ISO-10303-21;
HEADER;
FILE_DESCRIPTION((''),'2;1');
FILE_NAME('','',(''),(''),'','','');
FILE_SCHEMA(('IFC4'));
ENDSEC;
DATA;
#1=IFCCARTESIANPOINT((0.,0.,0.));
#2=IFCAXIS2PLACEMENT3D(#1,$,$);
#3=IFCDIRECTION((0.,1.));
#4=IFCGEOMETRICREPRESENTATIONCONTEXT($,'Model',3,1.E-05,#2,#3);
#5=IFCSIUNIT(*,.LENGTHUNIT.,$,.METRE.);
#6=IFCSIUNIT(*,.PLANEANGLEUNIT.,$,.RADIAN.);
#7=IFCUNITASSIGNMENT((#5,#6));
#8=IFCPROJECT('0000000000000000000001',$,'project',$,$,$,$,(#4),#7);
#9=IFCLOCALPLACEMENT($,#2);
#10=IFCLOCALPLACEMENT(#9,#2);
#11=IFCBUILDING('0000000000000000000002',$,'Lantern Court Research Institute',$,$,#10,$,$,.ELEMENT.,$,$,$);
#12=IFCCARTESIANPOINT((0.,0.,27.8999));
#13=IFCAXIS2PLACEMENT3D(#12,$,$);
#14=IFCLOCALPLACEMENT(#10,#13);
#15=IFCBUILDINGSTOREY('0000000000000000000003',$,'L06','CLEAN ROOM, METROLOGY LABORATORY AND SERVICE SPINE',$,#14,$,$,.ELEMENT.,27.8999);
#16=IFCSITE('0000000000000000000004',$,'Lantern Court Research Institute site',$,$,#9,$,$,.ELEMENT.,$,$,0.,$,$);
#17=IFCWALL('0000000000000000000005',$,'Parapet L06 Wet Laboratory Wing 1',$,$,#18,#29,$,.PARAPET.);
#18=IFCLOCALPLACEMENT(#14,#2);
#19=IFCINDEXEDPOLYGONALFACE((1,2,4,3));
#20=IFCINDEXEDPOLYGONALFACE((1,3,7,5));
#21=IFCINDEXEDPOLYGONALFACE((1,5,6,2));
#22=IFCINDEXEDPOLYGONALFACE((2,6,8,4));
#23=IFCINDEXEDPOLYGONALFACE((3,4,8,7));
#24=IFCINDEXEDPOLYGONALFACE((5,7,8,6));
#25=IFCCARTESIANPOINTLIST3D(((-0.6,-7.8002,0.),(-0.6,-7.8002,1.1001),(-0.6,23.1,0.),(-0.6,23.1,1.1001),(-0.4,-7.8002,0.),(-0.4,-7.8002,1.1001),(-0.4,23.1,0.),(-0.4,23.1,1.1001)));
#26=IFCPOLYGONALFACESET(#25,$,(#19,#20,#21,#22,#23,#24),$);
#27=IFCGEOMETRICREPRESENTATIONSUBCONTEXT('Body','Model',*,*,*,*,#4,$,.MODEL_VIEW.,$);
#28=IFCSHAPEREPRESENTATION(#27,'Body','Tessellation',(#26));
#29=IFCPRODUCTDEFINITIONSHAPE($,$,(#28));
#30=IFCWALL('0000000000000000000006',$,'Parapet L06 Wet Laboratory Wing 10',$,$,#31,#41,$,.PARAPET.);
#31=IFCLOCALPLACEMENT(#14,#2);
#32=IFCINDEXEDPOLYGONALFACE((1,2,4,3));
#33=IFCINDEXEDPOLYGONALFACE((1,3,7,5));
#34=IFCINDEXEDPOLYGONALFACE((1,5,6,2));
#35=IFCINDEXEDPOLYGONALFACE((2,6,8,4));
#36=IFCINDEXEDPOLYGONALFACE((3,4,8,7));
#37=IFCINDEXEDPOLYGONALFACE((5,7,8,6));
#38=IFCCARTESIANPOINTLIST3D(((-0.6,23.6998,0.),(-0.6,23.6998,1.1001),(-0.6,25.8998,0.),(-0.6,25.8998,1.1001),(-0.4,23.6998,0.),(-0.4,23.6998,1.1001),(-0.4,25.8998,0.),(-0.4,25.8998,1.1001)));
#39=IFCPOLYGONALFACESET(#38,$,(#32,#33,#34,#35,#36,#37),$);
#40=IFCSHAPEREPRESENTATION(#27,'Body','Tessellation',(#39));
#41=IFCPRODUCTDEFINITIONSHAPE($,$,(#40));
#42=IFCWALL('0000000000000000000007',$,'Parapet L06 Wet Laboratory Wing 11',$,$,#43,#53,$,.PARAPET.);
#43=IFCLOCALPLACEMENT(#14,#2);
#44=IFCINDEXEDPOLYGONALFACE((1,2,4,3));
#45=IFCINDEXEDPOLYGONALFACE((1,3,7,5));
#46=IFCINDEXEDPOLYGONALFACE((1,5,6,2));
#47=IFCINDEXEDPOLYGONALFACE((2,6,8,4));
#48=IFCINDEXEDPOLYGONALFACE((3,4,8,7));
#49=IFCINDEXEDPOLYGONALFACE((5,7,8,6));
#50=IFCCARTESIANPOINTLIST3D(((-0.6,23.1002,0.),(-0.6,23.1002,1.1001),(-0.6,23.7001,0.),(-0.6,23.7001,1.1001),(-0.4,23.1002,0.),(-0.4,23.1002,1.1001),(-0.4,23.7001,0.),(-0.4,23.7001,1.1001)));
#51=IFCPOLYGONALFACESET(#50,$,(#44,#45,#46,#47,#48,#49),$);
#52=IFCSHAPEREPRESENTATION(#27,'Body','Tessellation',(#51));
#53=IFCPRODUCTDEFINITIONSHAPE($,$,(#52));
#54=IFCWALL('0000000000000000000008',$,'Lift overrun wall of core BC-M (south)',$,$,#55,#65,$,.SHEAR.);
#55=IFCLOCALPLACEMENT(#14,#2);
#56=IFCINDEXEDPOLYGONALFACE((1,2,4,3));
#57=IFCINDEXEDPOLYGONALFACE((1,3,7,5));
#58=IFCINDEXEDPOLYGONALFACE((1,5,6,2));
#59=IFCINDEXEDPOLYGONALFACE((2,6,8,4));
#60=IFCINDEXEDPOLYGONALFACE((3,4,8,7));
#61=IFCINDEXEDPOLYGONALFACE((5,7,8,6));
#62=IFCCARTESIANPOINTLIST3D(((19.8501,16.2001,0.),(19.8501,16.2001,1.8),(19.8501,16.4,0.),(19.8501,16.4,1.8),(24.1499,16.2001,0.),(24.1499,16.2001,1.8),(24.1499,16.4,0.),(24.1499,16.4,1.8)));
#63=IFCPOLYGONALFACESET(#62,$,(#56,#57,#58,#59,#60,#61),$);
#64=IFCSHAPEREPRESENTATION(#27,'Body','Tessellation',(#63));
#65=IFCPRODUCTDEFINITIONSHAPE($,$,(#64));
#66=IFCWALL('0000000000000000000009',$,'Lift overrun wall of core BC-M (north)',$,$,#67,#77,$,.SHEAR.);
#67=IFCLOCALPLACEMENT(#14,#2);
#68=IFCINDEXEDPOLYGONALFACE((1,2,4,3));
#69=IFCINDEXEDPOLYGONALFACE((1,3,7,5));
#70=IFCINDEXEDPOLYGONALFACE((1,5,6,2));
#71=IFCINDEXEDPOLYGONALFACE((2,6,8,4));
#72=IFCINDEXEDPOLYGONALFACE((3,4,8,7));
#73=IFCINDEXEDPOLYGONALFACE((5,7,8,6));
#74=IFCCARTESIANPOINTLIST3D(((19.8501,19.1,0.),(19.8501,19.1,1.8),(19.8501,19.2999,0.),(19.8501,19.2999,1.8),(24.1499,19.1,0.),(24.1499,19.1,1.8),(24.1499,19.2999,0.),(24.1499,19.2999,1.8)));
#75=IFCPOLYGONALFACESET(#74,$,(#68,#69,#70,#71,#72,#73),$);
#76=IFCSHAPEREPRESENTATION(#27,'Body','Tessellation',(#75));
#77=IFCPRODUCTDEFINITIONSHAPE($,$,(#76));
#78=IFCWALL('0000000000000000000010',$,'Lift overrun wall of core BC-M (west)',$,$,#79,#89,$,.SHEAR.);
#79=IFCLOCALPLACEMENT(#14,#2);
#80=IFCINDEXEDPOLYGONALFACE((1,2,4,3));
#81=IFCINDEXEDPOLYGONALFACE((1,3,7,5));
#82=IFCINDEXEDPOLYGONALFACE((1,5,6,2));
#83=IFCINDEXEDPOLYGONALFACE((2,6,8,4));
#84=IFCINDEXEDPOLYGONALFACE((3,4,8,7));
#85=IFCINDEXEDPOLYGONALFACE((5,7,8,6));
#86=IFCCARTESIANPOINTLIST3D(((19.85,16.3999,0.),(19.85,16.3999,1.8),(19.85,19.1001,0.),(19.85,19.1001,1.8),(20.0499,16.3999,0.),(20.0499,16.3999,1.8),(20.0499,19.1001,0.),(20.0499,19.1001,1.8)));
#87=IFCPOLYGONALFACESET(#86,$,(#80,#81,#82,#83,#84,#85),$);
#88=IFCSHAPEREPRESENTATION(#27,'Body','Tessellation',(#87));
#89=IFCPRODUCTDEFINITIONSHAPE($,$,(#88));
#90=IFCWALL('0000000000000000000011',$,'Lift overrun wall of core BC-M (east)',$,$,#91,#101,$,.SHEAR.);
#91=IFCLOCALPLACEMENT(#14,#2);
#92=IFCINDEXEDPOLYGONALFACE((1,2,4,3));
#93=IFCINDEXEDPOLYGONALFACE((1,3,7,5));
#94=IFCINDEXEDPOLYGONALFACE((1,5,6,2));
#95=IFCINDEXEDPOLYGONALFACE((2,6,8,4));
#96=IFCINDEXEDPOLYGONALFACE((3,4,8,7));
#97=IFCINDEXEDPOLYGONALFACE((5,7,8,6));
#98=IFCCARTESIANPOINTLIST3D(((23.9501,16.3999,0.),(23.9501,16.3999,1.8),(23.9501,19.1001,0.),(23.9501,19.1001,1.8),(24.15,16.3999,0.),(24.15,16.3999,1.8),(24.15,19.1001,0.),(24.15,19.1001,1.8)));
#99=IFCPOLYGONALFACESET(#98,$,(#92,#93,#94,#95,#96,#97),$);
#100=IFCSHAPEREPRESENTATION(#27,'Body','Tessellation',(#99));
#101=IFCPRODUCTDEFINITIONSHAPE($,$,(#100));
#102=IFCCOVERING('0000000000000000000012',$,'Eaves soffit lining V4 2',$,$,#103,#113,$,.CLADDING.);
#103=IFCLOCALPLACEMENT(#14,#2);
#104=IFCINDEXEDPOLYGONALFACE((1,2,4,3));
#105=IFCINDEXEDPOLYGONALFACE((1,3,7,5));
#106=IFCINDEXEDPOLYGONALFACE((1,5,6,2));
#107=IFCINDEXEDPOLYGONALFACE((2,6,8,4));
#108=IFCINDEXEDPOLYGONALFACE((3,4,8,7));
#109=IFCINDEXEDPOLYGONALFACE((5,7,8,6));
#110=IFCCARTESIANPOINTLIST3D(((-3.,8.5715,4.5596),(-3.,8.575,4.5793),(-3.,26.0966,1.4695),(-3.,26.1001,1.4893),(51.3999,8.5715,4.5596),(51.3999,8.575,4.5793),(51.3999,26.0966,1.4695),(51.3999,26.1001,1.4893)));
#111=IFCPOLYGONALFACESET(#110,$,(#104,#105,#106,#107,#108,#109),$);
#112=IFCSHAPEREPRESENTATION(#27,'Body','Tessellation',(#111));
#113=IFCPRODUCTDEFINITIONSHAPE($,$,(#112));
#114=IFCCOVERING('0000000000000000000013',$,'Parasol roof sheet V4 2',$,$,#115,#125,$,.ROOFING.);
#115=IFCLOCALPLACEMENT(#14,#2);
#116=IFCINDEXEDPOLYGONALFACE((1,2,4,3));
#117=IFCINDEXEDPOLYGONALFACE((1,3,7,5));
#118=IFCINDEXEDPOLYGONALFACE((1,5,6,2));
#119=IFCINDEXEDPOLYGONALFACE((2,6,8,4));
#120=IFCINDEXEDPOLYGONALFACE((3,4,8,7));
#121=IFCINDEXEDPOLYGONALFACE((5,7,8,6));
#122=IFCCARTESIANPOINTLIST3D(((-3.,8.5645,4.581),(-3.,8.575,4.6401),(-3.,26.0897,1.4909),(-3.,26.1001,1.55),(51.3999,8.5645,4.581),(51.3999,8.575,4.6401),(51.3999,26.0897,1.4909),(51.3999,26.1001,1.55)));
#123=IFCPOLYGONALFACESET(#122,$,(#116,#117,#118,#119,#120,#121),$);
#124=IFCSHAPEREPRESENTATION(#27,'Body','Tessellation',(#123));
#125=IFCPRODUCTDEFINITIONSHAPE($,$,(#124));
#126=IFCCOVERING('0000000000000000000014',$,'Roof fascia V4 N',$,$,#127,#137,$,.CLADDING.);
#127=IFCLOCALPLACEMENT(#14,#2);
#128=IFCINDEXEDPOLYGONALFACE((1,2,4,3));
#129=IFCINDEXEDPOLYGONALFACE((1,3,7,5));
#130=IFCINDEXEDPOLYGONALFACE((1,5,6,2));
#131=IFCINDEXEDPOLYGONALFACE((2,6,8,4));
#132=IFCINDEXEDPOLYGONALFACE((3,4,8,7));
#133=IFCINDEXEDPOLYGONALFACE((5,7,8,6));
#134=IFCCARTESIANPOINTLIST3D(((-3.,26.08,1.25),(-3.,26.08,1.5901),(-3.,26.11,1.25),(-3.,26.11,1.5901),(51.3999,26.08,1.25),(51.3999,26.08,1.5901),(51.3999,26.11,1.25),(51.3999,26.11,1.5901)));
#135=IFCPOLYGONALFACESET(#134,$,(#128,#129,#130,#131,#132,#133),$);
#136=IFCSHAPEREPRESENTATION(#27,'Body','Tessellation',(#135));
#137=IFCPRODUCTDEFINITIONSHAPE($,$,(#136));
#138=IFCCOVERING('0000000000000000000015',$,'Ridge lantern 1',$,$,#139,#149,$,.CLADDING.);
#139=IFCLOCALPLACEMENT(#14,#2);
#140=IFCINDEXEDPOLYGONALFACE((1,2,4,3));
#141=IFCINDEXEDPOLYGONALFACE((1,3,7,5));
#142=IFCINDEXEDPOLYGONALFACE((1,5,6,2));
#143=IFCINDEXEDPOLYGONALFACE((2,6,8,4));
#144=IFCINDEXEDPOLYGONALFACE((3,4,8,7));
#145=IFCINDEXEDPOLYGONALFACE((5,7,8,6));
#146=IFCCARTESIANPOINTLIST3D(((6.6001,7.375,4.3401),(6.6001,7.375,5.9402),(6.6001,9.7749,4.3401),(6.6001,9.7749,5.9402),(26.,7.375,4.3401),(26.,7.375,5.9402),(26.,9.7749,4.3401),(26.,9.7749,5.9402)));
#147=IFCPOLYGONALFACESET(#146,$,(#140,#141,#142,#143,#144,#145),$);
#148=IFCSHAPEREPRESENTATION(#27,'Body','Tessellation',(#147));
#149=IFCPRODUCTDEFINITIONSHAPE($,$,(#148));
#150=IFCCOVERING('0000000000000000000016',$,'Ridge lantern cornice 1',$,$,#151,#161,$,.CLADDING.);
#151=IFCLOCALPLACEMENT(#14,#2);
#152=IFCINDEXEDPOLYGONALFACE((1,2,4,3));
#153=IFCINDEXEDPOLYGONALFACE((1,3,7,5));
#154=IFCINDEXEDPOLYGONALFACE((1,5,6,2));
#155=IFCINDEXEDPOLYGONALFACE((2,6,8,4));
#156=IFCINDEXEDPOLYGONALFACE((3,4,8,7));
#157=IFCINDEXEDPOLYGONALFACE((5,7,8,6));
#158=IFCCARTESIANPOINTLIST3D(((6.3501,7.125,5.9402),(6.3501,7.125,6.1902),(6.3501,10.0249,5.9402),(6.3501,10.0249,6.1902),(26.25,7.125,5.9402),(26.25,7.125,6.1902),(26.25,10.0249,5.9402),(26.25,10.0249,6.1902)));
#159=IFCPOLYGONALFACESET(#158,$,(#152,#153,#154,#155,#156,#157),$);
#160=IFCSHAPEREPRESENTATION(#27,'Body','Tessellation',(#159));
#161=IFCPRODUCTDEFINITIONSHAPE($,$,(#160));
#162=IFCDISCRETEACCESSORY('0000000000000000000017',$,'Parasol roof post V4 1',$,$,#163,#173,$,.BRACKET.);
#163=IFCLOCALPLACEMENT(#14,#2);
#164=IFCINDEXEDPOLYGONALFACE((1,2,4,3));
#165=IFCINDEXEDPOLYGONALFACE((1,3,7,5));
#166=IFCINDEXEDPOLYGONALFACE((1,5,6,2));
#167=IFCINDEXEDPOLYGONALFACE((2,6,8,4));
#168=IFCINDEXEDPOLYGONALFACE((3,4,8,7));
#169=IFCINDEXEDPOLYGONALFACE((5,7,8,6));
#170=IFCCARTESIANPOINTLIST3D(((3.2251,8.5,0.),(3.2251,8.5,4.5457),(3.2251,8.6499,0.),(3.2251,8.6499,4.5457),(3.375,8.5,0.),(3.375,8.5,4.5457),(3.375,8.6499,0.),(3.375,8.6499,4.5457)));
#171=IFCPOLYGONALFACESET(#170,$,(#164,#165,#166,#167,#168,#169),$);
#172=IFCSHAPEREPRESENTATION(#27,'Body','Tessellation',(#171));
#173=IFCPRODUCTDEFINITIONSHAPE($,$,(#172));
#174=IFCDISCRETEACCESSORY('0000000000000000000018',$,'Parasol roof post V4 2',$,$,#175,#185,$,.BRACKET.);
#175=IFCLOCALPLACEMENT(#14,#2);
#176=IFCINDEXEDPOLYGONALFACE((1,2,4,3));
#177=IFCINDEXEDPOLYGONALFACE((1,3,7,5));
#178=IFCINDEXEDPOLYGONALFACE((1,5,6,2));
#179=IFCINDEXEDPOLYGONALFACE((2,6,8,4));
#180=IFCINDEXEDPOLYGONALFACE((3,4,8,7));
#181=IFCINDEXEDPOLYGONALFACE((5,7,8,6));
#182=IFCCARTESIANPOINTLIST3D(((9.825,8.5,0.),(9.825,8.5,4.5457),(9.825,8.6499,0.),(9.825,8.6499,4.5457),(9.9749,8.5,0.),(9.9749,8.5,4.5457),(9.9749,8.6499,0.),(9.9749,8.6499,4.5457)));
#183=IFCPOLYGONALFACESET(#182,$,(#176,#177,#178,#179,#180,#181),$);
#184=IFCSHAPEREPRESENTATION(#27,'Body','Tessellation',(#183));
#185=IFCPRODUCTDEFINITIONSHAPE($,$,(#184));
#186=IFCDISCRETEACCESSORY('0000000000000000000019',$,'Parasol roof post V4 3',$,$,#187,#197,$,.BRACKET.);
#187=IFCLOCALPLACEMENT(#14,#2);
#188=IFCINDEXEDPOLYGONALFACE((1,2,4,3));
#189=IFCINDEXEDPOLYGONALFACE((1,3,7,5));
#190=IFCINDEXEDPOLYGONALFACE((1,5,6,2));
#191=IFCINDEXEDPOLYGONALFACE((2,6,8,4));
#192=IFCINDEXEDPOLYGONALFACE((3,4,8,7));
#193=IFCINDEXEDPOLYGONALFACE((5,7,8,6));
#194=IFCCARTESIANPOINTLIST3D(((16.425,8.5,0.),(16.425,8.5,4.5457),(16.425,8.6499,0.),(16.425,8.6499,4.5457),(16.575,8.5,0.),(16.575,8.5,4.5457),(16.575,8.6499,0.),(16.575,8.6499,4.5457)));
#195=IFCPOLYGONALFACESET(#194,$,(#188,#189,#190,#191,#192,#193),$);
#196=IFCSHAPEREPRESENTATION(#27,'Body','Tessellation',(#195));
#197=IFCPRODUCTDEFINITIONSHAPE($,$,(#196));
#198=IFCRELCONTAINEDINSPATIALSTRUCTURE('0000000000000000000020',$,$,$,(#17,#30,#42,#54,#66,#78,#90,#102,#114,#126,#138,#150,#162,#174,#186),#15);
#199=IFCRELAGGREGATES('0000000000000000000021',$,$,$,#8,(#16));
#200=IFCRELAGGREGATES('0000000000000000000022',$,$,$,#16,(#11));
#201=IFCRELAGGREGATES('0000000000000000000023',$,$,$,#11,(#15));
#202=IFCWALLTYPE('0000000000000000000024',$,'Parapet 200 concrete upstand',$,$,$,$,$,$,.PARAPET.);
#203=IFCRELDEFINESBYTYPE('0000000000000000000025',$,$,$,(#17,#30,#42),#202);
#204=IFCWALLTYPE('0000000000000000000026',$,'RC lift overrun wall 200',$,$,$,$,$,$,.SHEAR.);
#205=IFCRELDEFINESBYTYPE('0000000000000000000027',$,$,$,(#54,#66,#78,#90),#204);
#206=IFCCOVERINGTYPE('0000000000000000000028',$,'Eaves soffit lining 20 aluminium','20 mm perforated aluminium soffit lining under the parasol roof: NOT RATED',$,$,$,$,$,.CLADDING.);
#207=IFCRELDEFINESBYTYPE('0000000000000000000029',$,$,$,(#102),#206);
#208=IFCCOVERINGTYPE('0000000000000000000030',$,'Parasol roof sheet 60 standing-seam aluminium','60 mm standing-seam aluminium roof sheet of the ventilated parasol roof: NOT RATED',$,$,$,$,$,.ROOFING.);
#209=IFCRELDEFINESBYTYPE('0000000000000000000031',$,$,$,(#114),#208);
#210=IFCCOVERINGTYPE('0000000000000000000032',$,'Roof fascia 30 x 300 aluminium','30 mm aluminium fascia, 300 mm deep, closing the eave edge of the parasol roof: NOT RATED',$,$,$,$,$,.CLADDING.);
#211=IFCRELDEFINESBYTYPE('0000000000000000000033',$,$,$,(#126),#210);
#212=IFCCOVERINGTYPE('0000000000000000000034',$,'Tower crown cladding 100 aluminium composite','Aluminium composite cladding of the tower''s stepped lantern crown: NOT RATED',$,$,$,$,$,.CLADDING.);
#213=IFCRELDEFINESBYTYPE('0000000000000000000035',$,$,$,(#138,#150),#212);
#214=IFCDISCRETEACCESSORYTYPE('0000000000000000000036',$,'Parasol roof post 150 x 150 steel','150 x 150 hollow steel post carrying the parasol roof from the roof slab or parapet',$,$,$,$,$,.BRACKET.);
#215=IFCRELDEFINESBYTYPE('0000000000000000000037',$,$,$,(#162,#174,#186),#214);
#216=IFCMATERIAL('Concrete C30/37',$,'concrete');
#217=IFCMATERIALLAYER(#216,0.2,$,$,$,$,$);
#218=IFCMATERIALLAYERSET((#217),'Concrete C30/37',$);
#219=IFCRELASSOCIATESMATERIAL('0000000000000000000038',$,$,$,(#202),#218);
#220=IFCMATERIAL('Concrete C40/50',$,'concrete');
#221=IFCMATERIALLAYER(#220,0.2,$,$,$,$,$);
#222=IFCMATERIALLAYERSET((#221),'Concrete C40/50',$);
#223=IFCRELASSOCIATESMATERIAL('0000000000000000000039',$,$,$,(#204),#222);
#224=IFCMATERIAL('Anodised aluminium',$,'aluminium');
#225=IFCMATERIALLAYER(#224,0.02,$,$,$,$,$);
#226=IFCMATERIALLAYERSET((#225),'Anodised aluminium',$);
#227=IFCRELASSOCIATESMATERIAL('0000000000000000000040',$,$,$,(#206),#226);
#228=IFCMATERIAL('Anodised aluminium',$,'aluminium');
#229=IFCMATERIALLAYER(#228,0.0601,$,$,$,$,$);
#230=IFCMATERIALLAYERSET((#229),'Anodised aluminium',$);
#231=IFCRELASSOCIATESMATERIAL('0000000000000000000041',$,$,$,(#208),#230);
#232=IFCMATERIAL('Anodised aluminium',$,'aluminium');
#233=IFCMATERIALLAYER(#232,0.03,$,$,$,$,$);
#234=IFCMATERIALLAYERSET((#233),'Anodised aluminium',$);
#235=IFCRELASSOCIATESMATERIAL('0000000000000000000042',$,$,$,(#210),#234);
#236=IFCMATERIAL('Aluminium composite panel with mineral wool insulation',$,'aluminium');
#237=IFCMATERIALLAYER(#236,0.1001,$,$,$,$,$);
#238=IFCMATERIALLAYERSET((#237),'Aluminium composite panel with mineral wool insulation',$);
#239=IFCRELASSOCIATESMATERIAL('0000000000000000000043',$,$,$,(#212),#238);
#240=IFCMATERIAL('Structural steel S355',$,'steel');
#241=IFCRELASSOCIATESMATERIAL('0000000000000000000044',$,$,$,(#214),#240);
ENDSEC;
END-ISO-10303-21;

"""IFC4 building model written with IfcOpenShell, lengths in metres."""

from ifc_helpers import new_model, si_unit, direction, frame, frame_2d, origin, origin_2d, place, context, subcontext, project, spatial, polyline, rectangle, outline, extrude, material, layer, layer_set, type_object, element, save


model = new_model("IFC4")

# Units and contexts
model_context = context("Model", 3, precision=1e-05, world=origin(), true_north=direction((0.0, 1.0)))
body_context = subcontext(model_context, "Body", "Model", "MODEL_VIEW")
ifc_project = project(units=[si_unit("LENGTHUNIT", "METRE"), si_unit("PLANEANGLEUNIT", "RADIAN")], contexts=[model_context])

# Site, building, storey
site_placement = place(None, origin())
site = spatial("IfcSite", under=ifc_project, at=site_placement, Name="Lantern Court Research Institute site", CompositionType="ELEMENT", RefElevation=0.0)
building_placement = place(site_placement, origin())
building = spatial("IfcBuilding", under=site, at=building_placement, Name="Lantern Court Research Institute", CompositionType="ELEMENT")
storey_placement = place(building_placement, frame((0.0, 0.0, 27.8999)))
storey = spatial("IfcBuildingStorey", under=building, at=storey_placement, Name="L06", Description="CLEAN ROOM, METROLOGY LABORATORY AND SERVICE SPINE", CompositionType="ELEMENT", Elevation=27.8999)

# Walls
ifc_material_1 = material(Name="Concrete C30/37", Category="concrete")
ifc_layer_1 = layer(ifc_material_1, 0.2)
ifc_layer_set_1 = layer_set([ifc_layer_1], Name="Concrete C30/37")
wall_type_1 = type_object("IfcWallType", Name="Parapet 200 concrete upstand", PredefinedType="PARAPET", material=ifc_layer_set_1)
wall_1_placement = place(storey_placement, frame((-0.5, 23.1001, 0.0), z_axis=(0.0, 0.0, 1.0), x_axis=(0.0, -1.0, 0.0)))
element("IfcWall", 1, at=wall_1_placement, inside=storey, type_object=wall_type_1, Name="Parapet L06 Wet Laboratory Wing 1", PredefinedType="PARAPET", context=body_context, shape_type="SweptSolid", body=[
    extrude(rectangle(XDim=30.9001, YDim=0.2, at=frame_2d((15.4502, 0.0))), origin(), (0.0, 0.0, 1.0), 1.1001),
])
wall_2_placement = place(storey_placement, frame((-0.5, 25.8999, 0.0), z_axis=(0.0, 0.0, 1.0), x_axis=(0.0, -1.0, 0.0)))
element("IfcWall", 2, at=wall_2_placement, inside=storey, type_object=wall_type_1, Name="Parapet L06 Wet Laboratory Wing 10", PredefinedType="PARAPET", context=body_context, shape_type="SweptSolid", body=[
    extrude(rectangle(XDim=2.2, YDim=0.2, at=frame_2d((1.1001, 0.0))), origin(), (0.0, 0.0, 1.0), 1.1001),
])
wall_3_placement = place(storey_placement, frame((-0.5, 23.7, 0.0), z_axis=(0.0, 0.0, 1.0), x_axis=(0.0, -1.0, 0.0)))
element("IfcWall", 3, at=wall_3_placement, inside=storey, type_object=wall_type_1, Name="Parapet L06 Wet Laboratory Wing 11", PredefinedType="PARAPET", context=body_context, shape_type="SweptSolid", body=[
    extrude(rectangle(XDim=0.5999, YDim=0.2, at=frame_2d((0.2998, 0.0))), origin(), (0.0, 0.0, 1.0), 1.1001),
])
ifc_material_2 = material(Name="Concrete C40/50", Category="concrete")
ifc_layer_2 = layer(ifc_material_2, 0.2)
ifc_layer_set_2 = layer_set([ifc_layer_2], Name="Concrete C40/50")
wall_type_2 = type_object("IfcWallType", Name="RC lift overrun wall 200", PredefinedType="SHEAR", material=ifc_layer_set_2)
for number, where, z_axis, x_axis, name in (
    (4, (19.8501, 16.3, 0.0), (0.0, 0.0, 1.0), (1.0, 0.0, 0.0), "Lift overrun wall of core BC-M (south)"),
    (5, (19.8501, 19.2, 0.0), (0.0, 0.0, 1.0), (1.0, 0.0, 0.0), "Lift overrun wall of core BC-M (north)"),
):
    element("IfcWall", number, at=place(storey_placement, frame(where, z_axis=z_axis, x_axis=x_axis)), inside=storey, type_object=wall_type_2, Name=name, PredefinedType="SHEAR", context=body_context, shape_type="SweptSolid", body=[
        extrude(rectangle(XDim=4.2998, YDim=0.2, at=frame_2d((2.1499, 0.0))), origin(), (0.0, 0.0, 1.0), 1.8),
    ])
for number, where, z_axis, x_axis, name in (
    (6, (19.95, 16.3999, 0.0), (0.0, 0.0, 1.0), (0.0, 1.0, 0.0), "Lift overrun wall of core BC-M (west)"),
    (7, (24.05, 16.3999, 0.0), (0.0, 0.0, 1.0), (0.0, 1.0, 0.0), "Lift overrun wall of core BC-M (east)"),
):
    element("IfcWall", number, at=place(storey_placement, frame(where, z_axis=z_axis, x_axis=x_axis)), inside=storey, type_object=wall_type_2, Name=name, PredefinedType="SHEAR", context=body_context, shape_type="SweptSolid", body=[
        extrude(rectangle(XDim=2.7002, YDim=0.2, at=frame_2d((1.3501, 0.0))), origin(), (0.0, 0.0, 1.0), 1.8),
    ])

# Coverings
ifc_material_3 = material(Name="Anodised aluminium", Category="aluminium")
ifc_layer_3 = layer(ifc_material_3, 0.02)
ifc_layer_set_3 = layer_set([ifc_layer_3], Name="Anodised aluminium")
covering_type_1 = type_object("IfcCoveringType", Name="Eaves soffit lining 20 aluminium", Description="20 mm perforated aluminium soffit lining under the parasol roof: NOT RATED", PredefinedType="CLADDING", material=ifc_layer_set_3)
covering_1_placement = place(storey_placement, frame((-3.0, 26.1001, 1.4893), z_axis=(0.0, 0.173644, 0.984808), x_axis=(1.0, 0.0, 0.0)))
element("IfcCovering", 8, at=covering_1_placement, inside=storey, type_object=covering_type_1, Name="Eaves soffit lining V4 2", PredefinedType="CLADDING", context=body_context, shape_type="SweptSolid", body=[
    extrude(outline(polyline([(0.0, 0.0), (54.3999, 0.0), (54.3999, -17.7955), (0.0, -17.7955), (0.0, 0.0)])), origin(), (0.0, 0.0, -1.0), 0.02),
])
ifc_material_4 = material(Name="Anodised aluminium", Category="aluminium")
ifc_layer_4 = layer(ifc_material_4, 0.0601)
ifc_layer_set_4 = layer_set([ifc_layer_4], Name="Anodised aluminium")
covering_type_2 = type_object("IfcCoveringType", Name="Parasol roof sheet 60 standing-seam aluminium", Description="60 mm standing-seam aluminium roof sheet of the ventilated parasol roof: NOT RATED", PredefinedType="ROOFING", material=ifc_layer_set_4)
covering_2_placement = place(storey_placement, frame((-3.0, 26.1001, 1.55), z_axis=(0.0, 0.173644, 0.984808), x_axis=(1.0, 0.0, 0.0)))
element("IfcCovering", 9, at=covering_2_placement, inside=storey, type_object=covering_type_2, Name="Parasol roof sheet V4 2", PredefinedType="ROOFING", context=body_context, shape_type="SweptSolid", body=[
    extrude(outline(polyline([(0.0, 0.0), (54.3999, 0.0), (54.3999, -17.7955), (0.0, -17.7955), (0.0, 0.0)])), origin(), (0.0, 0.0, -1.0), 0.0601),
])
ifc_material_5 = material(Name="Anodised aluminium", Category="aluminium")
ifc_layer_5 = layer(ifc_material_5, 0.03)
ifc_layer_set_5 = layer_set([ifc_layer_5], Name="Anodised aluminium")
covering_type_3 = type_object("IfcCoveringType", Name="Roof fascia 30 x 300 aluminium", Description="30 mm aluminium fascia, 300 mm deep, closing the eave edge of the parasol roof: NOT RATED", PredefinedType="CLADDING", material=ifc_layer_set_5)
covering_3_placement = place(storey_placement, frame((-3.0, 26.095, 1.25), z_axis=(0.0, 0.0, 1.0), x_axis=(1.0, 0.0, 0.0)))
element("IfcCovering", 10, at=covering_3_placement, inside=storey, type_object=covering_type_3, Name="Roof fascia V4 N", PredefinedType="CLADDING", context=body_context, shape_type="SweptSolid", body=[
    extrude(rectangle(XDim=54.3999, YDim=0.03, at=frame_2d((27.2, 0.0))), origin(), (0.0, 0.0, 1.0), 0.3401),
])
ifc_material_6 = material(Name="Aluminium composite panel with mineral wool insulation", Category="aluminium")
ifc_layer_6 = layer(ifc_material_6, 0.1001)
ifc_layer_set_6 = layer_set([ifc_layer_6], Name="Aluminium composite panel with mineral wool insulation")
covering_type_4 = type_object("IfcCoveringType", Name="Tower crown cladding 100 aluminium composite", Description="Aluminium composite cladding of the tower's stepped lantern crown: NOT RATED", PredefinedType="CLADDING", material=ifc_layer_set_6)
covering_4_placement = place(storey_placement, frame((16.3, 8.575, 4.3401), z_axis=(0.0, 0.0, 1.0), x_axis=(1.0, 0.0, 0.0)))
element("IfcCovering", 11, at=covering_4_placement, inside=storey, type_object=covering_type_4, Name="Ridge lantern 1", PredefinedType="CLADDING", context=body_context, shape_type="SweptSolid", body=[
    extrude(rectangle(XDim=19.3999, YDim=2.3999, at=origin_2d()), origin(), (0.0, 0.0, 1.0), 1.6001),
])
covering_5_placement = place(storey_placement, frame((16.3, 8.575, 5.9402), z_axis=(0.0, 0.0, 1.0), x_axis=(1.0, 0.0, 0.0)))
element("IfcCovering", 12, at=covering_5_placement, inside=storey, type_object=covering_type_4, Name="Ridge lantern cornice 1", PredefinedType="CLADDING", context=body_context, shape_type="SweptSolid", body=[
    extrude(rectangle(XDim=19.8999, YDim=2.8999, at=origin_2d()), origin(), (0.0, 0.0, 1.0), 0.25),
])

# Discrete accessories
ifc_material_7 = material(Name="Structural steel S355", Category="steel")
discrete_accessory_type = type_object("IfcDiscreteAccessoryType", Name="Parasol roof post 150 x 150 steel", Description="150 x 150 hollow steel post carrying the parasol roof from the roof slab or parapet", PredefinedType="BRACKET", material=ifc_material_7)
for number, where, z_axis, x_axis, name in (
    (13, (3.3, 8.575, 0.0), (0.0, 0.0, 1.0), (1.0, 0.0, 0.0), "Parasol roof post V4 1"),
    (14, (9.8999, 8.575, 0.0), (0.0, 0.0, 1.0), (1.0, 0.0, 0.0), "Parasol roof post V4 2"),
    (15, (16.5, 8.575, 0.0), (0.0, 0.0, 1.0), (1.0, 0.0, 0.0), "Parasol roof post V4 3"),
):
    element("IfcDiscreteAccessory", number, at=place(storey_placement, frame(where, z_axis=z_axis, x_axis=x_axis)), inside=storey, type_object=discrete_accessory_type, Name=name, PredefinedType="BRACKET", context=body_context, shape_type="SweptSolid", body=[
        extrude(rectangle(XDim=0.1499, YDim=0.1499, at=origin_2d()), origin(), (0.0, 0.0, 1.0), 4.5457),
    ])

save(model, "model.ifc")
